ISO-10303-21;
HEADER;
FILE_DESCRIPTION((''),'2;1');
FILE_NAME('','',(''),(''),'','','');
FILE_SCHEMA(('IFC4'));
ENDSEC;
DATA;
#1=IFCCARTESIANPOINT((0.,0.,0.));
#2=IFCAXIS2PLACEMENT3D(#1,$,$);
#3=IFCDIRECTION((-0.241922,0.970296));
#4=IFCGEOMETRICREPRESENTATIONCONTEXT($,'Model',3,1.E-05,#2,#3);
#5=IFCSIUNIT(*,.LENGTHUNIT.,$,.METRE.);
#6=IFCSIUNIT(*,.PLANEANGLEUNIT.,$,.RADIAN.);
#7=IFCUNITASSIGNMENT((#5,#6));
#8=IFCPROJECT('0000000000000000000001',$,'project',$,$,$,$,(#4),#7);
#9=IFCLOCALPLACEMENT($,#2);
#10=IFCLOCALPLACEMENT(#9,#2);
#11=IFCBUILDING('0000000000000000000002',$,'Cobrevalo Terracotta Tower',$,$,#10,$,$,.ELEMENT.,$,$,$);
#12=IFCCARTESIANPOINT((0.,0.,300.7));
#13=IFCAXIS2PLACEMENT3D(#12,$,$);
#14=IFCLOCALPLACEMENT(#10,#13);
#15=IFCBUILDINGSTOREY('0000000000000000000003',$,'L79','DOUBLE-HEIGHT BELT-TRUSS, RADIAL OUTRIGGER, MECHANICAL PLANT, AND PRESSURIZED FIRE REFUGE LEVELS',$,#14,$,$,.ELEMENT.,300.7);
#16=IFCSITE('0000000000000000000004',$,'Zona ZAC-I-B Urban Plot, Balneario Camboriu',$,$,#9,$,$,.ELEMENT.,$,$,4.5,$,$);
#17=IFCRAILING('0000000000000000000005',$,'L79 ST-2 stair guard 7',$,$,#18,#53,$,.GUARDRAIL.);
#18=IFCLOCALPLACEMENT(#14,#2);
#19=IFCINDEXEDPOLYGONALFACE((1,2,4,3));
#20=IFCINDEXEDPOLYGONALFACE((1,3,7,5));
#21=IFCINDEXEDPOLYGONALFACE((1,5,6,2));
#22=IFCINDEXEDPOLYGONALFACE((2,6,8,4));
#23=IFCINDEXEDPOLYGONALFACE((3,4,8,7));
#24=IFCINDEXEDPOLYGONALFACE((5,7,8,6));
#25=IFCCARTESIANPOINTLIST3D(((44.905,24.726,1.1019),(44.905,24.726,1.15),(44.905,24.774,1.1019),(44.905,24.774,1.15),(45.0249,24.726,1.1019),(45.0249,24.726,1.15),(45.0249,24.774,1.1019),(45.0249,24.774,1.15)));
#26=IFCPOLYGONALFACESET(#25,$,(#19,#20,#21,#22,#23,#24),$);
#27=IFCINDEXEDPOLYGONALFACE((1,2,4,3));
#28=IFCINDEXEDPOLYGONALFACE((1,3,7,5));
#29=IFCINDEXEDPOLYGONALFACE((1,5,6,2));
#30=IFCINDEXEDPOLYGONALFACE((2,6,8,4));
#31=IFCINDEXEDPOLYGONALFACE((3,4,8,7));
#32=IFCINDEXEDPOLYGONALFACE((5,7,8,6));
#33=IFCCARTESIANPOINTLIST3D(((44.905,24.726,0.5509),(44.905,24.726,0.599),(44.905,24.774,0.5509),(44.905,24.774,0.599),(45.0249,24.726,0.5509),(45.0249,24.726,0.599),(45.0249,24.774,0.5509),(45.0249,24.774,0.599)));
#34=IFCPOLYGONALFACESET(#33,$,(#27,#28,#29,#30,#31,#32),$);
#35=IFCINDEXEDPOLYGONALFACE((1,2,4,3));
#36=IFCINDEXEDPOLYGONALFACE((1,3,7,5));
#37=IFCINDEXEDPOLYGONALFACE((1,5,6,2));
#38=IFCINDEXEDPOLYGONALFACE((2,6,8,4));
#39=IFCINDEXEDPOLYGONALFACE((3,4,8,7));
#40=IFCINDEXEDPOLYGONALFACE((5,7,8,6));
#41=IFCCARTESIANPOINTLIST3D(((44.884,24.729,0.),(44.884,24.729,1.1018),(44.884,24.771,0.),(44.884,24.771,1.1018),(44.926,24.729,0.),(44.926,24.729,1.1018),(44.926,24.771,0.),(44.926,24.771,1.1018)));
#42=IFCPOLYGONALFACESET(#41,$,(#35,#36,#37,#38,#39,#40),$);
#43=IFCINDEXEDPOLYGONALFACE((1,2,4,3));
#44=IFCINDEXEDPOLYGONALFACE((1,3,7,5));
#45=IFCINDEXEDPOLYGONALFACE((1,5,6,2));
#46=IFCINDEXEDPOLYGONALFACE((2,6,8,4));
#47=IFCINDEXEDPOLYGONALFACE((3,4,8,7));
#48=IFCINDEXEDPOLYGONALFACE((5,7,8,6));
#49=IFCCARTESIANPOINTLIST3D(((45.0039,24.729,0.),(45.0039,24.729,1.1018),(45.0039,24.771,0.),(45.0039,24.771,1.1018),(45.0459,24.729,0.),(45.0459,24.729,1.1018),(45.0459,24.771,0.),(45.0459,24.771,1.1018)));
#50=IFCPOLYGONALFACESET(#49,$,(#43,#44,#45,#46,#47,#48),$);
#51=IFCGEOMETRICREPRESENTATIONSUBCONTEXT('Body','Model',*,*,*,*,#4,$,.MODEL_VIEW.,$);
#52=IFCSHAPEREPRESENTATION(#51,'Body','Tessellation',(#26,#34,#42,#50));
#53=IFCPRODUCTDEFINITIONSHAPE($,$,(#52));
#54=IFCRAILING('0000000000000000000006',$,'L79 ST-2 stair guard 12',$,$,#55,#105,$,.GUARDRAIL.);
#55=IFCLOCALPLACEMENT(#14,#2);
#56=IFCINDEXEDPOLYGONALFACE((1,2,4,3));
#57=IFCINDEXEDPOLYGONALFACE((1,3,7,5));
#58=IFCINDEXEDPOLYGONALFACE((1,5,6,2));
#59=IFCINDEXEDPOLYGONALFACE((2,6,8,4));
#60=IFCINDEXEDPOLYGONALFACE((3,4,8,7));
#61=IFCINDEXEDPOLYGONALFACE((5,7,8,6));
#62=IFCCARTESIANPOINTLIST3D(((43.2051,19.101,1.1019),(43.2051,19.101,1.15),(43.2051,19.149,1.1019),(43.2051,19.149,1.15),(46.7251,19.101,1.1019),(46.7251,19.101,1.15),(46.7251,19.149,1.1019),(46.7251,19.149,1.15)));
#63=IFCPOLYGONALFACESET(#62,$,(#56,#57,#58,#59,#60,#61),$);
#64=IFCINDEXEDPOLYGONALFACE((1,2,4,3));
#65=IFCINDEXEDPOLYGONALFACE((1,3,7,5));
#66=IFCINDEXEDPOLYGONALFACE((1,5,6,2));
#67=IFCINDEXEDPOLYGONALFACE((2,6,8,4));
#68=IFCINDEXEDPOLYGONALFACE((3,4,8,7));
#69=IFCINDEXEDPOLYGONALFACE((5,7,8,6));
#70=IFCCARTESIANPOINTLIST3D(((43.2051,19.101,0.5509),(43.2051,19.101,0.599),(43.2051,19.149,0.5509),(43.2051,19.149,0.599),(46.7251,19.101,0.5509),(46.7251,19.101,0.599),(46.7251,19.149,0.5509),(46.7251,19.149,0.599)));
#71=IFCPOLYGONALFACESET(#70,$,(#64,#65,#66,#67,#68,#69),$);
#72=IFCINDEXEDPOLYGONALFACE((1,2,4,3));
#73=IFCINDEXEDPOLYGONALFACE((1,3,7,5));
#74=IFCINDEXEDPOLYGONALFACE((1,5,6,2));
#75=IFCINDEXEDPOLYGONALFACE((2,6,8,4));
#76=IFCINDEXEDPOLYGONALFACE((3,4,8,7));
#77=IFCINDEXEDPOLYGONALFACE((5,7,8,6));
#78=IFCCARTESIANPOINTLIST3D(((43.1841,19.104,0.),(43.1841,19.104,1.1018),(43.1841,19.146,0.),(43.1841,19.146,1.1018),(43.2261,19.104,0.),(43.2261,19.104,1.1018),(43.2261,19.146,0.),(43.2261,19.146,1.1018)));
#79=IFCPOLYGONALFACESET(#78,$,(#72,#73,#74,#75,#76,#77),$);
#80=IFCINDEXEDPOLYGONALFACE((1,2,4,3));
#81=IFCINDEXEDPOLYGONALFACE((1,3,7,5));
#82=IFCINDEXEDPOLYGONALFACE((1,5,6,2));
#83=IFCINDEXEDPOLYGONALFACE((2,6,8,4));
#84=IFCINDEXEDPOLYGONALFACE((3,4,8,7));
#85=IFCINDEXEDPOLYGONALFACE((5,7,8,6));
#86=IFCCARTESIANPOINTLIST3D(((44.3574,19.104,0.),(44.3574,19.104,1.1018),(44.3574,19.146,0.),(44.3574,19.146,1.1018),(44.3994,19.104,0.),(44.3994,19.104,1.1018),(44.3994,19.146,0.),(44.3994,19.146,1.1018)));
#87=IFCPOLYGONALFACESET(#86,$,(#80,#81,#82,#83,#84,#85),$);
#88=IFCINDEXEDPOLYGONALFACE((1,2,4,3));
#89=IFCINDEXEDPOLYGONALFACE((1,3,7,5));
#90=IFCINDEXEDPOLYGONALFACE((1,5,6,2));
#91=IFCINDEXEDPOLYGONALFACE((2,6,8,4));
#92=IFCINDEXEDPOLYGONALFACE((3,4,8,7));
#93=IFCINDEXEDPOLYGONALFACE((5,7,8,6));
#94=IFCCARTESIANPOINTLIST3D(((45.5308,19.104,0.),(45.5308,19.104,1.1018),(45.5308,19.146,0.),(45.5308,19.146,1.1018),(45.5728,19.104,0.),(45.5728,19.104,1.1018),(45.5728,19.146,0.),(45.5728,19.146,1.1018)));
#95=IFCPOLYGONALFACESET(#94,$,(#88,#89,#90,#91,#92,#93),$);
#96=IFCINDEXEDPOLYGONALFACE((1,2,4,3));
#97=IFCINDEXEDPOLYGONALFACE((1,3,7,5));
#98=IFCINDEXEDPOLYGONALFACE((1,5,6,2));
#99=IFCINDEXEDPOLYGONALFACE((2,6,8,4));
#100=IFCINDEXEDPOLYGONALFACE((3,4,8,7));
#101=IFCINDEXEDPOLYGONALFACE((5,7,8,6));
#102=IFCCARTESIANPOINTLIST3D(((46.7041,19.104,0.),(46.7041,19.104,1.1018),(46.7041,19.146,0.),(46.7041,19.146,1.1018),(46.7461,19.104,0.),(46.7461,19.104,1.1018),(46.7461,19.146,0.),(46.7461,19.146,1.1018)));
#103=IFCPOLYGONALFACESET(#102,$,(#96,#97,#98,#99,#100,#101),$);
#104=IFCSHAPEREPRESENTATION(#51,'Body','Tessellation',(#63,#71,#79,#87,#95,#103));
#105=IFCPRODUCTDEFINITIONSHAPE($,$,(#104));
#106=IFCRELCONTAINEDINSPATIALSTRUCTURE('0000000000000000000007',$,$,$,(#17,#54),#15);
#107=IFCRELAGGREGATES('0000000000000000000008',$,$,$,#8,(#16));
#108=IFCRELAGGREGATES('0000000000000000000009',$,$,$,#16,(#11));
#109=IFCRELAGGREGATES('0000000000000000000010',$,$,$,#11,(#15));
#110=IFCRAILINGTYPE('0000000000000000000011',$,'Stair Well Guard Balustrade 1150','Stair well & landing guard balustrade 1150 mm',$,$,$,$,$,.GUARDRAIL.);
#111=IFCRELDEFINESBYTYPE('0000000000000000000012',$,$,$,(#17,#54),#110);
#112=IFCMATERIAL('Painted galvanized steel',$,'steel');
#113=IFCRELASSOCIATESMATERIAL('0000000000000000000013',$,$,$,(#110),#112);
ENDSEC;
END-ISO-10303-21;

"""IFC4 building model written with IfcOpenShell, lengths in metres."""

from ifc_helpers import new_model, si_unit, direction, frame, origin, origin_2d, place, context, subcontext, project, spatial, rectangle, extrude, material, type_object, element, save


model = new_model("IFC4")

# Units and contexts
model_context = context("Model", 3, precision=1e-05, world=origin(), true_north=direction((-0.241922, 0.970296)))
body_context = subcontext(model_context, "Body", "Model", "MODEL_VIEW")
ifc_project = project(units=[si_unit("LENGTHUNIT", "METRE"), si_unit("PLANEANGLEUNIT", "RADIAN")], contexts=[model_context])

# Site, building, storey
site_placement = place(None, origin())
site = spatial("IfcSite", under=ifc_project, at=site_placement, Name="Zona ZAC-I-B Urban Plot, Balneario Camboriu", CompositionType="ELEMENT", RefElevation=4.5)
building_placement = place(site_placement, origin())
building = spatial("IfcBuilding", under=site, at=building_placement, Name="Cobrevalo Terracotta Tower", CompositionType="ELEMENT")
storey_placement = place(building_placement, frame((0.0, 0.0, 300.7)))
storey = spatial("IfcBuildingStorey", under=building, at=storey_placement, Name="L79", Description="DOUBLE-HEIGHT BELT-TRUSS, RADIAL OUTRIGGER, MECHANICAL PLANT, AND PRESSURIZED FIRE REFUGE LEVELS", CompositionType="ELEMENT", Elevation=300.7)

# Railings
ifc_material_1 = material(Name="Painted galvanized steel", Category="steel")
railing_type_1 = type_object("IfcRailingType", Name="Stair Well Guard Balustrade 1150", Description="Stair well & landing guard balustrade 1150 mm", PredefinedType="GUARDRAIL", material=ifc_material_1)
railing_1_placement = place(storey_placement, frame((44.905, 24.75, 0.0)))
element("IfcRailing", 1, at=railing_1_placement, inside=storey, type_object=railing_type_1, Name="L79 ST-2 stair guard 7", PredefinedType="GUARDRAIL", context=body_context, shape_type="SweptSolid", body=[
    extrude(rectangle(XDim=0.0481, YDim=0.0481, at=origin_2d()), frame((0.0, 0.0, 1.126), z_axis=(1.0, 0.0, 0.0), x_axis=(0.0, 1.0, 0.0)), (0.0, 0.0, 1.0), 0.1199),
    extrude(rectangle(XDim=0.0481, YDim=0.0481, at=origin_2d()), frame((0.0, 0.0, 0.575), z_axis=(1.0, 0.0, 0.0), x_axis=(0.0, 1.0, 0.0)), (0.0, 0.0, 1.0), 0.1199),
    extrude(rectangle(XDim=0.042, YDim=0.042, at=origin_2d()), origin(), (0.0, 0.0, 1.0), 1.1018),
    extrude(rectangle(XDim=0.042, YDim=0.042, at=origin_2d()), frame((0.1199, 0.0, 0.0)), (0.0, 0.0, 1.0), 1.1018),
])
railing_2_placement = place(storey_placement, frame((43.2051, 19.125, 0.0)))
element("IfcRailing", 2, at=railing_2_placement, inside=storey, type_object=railing_type_1, Name="L79 ST-2 stair guard 12", PredefinedType="GUARDRAIL", context=body_context, shape_type="SweptSolid", body=[
    extrude(rectangle(XDim=0.0481, YDim=0.0481, at=origin_2d()), frame((0.0, 0.0, 1.126), z_axis=(1.0, 0.0, 0.0), x_axis=(0.0, 1.0, 0.0)), (0.0, 0.0, 1.0), 3.52),
    extrude(rectangle(XDim=0.0481, YDim=0.0481, at=origin_2d()), frame((0.0, 0.0, 0.575), z_axis=(1.0, 0.0, 0.0), x_axis=(0.0, 1.0, 0.0)), (0.0, 0.0, 1.0), 3.52),
    extrude(rectangle(XDim=0.042, YDim=0.042, at=origin_2d()), origin(), (0.0, 0.0, 1.0), 1.1018),
    extrude(rectangle(XDim=0.042, YDim=0.042, at=origin_2d()), frame((1.1733, 0.0, 0.0)), (0.0, 0.0, 1.0), 1.1018),
    extrude(rectangle(XDim=0.042, YDim=0.042, at=origin_2d()), frame((2.3467, 0.0, 0.0)), (0.0, 0.0, 1.0), 1.1018),
    extrude(rectangle(XDim=0.042, YDim=0.042, at=origin_2d()), frame((3.52, 0.0, 0.0)), (0.0, 0.0, 1.0), 1.1018),
])

save(model, "model.ifc")
